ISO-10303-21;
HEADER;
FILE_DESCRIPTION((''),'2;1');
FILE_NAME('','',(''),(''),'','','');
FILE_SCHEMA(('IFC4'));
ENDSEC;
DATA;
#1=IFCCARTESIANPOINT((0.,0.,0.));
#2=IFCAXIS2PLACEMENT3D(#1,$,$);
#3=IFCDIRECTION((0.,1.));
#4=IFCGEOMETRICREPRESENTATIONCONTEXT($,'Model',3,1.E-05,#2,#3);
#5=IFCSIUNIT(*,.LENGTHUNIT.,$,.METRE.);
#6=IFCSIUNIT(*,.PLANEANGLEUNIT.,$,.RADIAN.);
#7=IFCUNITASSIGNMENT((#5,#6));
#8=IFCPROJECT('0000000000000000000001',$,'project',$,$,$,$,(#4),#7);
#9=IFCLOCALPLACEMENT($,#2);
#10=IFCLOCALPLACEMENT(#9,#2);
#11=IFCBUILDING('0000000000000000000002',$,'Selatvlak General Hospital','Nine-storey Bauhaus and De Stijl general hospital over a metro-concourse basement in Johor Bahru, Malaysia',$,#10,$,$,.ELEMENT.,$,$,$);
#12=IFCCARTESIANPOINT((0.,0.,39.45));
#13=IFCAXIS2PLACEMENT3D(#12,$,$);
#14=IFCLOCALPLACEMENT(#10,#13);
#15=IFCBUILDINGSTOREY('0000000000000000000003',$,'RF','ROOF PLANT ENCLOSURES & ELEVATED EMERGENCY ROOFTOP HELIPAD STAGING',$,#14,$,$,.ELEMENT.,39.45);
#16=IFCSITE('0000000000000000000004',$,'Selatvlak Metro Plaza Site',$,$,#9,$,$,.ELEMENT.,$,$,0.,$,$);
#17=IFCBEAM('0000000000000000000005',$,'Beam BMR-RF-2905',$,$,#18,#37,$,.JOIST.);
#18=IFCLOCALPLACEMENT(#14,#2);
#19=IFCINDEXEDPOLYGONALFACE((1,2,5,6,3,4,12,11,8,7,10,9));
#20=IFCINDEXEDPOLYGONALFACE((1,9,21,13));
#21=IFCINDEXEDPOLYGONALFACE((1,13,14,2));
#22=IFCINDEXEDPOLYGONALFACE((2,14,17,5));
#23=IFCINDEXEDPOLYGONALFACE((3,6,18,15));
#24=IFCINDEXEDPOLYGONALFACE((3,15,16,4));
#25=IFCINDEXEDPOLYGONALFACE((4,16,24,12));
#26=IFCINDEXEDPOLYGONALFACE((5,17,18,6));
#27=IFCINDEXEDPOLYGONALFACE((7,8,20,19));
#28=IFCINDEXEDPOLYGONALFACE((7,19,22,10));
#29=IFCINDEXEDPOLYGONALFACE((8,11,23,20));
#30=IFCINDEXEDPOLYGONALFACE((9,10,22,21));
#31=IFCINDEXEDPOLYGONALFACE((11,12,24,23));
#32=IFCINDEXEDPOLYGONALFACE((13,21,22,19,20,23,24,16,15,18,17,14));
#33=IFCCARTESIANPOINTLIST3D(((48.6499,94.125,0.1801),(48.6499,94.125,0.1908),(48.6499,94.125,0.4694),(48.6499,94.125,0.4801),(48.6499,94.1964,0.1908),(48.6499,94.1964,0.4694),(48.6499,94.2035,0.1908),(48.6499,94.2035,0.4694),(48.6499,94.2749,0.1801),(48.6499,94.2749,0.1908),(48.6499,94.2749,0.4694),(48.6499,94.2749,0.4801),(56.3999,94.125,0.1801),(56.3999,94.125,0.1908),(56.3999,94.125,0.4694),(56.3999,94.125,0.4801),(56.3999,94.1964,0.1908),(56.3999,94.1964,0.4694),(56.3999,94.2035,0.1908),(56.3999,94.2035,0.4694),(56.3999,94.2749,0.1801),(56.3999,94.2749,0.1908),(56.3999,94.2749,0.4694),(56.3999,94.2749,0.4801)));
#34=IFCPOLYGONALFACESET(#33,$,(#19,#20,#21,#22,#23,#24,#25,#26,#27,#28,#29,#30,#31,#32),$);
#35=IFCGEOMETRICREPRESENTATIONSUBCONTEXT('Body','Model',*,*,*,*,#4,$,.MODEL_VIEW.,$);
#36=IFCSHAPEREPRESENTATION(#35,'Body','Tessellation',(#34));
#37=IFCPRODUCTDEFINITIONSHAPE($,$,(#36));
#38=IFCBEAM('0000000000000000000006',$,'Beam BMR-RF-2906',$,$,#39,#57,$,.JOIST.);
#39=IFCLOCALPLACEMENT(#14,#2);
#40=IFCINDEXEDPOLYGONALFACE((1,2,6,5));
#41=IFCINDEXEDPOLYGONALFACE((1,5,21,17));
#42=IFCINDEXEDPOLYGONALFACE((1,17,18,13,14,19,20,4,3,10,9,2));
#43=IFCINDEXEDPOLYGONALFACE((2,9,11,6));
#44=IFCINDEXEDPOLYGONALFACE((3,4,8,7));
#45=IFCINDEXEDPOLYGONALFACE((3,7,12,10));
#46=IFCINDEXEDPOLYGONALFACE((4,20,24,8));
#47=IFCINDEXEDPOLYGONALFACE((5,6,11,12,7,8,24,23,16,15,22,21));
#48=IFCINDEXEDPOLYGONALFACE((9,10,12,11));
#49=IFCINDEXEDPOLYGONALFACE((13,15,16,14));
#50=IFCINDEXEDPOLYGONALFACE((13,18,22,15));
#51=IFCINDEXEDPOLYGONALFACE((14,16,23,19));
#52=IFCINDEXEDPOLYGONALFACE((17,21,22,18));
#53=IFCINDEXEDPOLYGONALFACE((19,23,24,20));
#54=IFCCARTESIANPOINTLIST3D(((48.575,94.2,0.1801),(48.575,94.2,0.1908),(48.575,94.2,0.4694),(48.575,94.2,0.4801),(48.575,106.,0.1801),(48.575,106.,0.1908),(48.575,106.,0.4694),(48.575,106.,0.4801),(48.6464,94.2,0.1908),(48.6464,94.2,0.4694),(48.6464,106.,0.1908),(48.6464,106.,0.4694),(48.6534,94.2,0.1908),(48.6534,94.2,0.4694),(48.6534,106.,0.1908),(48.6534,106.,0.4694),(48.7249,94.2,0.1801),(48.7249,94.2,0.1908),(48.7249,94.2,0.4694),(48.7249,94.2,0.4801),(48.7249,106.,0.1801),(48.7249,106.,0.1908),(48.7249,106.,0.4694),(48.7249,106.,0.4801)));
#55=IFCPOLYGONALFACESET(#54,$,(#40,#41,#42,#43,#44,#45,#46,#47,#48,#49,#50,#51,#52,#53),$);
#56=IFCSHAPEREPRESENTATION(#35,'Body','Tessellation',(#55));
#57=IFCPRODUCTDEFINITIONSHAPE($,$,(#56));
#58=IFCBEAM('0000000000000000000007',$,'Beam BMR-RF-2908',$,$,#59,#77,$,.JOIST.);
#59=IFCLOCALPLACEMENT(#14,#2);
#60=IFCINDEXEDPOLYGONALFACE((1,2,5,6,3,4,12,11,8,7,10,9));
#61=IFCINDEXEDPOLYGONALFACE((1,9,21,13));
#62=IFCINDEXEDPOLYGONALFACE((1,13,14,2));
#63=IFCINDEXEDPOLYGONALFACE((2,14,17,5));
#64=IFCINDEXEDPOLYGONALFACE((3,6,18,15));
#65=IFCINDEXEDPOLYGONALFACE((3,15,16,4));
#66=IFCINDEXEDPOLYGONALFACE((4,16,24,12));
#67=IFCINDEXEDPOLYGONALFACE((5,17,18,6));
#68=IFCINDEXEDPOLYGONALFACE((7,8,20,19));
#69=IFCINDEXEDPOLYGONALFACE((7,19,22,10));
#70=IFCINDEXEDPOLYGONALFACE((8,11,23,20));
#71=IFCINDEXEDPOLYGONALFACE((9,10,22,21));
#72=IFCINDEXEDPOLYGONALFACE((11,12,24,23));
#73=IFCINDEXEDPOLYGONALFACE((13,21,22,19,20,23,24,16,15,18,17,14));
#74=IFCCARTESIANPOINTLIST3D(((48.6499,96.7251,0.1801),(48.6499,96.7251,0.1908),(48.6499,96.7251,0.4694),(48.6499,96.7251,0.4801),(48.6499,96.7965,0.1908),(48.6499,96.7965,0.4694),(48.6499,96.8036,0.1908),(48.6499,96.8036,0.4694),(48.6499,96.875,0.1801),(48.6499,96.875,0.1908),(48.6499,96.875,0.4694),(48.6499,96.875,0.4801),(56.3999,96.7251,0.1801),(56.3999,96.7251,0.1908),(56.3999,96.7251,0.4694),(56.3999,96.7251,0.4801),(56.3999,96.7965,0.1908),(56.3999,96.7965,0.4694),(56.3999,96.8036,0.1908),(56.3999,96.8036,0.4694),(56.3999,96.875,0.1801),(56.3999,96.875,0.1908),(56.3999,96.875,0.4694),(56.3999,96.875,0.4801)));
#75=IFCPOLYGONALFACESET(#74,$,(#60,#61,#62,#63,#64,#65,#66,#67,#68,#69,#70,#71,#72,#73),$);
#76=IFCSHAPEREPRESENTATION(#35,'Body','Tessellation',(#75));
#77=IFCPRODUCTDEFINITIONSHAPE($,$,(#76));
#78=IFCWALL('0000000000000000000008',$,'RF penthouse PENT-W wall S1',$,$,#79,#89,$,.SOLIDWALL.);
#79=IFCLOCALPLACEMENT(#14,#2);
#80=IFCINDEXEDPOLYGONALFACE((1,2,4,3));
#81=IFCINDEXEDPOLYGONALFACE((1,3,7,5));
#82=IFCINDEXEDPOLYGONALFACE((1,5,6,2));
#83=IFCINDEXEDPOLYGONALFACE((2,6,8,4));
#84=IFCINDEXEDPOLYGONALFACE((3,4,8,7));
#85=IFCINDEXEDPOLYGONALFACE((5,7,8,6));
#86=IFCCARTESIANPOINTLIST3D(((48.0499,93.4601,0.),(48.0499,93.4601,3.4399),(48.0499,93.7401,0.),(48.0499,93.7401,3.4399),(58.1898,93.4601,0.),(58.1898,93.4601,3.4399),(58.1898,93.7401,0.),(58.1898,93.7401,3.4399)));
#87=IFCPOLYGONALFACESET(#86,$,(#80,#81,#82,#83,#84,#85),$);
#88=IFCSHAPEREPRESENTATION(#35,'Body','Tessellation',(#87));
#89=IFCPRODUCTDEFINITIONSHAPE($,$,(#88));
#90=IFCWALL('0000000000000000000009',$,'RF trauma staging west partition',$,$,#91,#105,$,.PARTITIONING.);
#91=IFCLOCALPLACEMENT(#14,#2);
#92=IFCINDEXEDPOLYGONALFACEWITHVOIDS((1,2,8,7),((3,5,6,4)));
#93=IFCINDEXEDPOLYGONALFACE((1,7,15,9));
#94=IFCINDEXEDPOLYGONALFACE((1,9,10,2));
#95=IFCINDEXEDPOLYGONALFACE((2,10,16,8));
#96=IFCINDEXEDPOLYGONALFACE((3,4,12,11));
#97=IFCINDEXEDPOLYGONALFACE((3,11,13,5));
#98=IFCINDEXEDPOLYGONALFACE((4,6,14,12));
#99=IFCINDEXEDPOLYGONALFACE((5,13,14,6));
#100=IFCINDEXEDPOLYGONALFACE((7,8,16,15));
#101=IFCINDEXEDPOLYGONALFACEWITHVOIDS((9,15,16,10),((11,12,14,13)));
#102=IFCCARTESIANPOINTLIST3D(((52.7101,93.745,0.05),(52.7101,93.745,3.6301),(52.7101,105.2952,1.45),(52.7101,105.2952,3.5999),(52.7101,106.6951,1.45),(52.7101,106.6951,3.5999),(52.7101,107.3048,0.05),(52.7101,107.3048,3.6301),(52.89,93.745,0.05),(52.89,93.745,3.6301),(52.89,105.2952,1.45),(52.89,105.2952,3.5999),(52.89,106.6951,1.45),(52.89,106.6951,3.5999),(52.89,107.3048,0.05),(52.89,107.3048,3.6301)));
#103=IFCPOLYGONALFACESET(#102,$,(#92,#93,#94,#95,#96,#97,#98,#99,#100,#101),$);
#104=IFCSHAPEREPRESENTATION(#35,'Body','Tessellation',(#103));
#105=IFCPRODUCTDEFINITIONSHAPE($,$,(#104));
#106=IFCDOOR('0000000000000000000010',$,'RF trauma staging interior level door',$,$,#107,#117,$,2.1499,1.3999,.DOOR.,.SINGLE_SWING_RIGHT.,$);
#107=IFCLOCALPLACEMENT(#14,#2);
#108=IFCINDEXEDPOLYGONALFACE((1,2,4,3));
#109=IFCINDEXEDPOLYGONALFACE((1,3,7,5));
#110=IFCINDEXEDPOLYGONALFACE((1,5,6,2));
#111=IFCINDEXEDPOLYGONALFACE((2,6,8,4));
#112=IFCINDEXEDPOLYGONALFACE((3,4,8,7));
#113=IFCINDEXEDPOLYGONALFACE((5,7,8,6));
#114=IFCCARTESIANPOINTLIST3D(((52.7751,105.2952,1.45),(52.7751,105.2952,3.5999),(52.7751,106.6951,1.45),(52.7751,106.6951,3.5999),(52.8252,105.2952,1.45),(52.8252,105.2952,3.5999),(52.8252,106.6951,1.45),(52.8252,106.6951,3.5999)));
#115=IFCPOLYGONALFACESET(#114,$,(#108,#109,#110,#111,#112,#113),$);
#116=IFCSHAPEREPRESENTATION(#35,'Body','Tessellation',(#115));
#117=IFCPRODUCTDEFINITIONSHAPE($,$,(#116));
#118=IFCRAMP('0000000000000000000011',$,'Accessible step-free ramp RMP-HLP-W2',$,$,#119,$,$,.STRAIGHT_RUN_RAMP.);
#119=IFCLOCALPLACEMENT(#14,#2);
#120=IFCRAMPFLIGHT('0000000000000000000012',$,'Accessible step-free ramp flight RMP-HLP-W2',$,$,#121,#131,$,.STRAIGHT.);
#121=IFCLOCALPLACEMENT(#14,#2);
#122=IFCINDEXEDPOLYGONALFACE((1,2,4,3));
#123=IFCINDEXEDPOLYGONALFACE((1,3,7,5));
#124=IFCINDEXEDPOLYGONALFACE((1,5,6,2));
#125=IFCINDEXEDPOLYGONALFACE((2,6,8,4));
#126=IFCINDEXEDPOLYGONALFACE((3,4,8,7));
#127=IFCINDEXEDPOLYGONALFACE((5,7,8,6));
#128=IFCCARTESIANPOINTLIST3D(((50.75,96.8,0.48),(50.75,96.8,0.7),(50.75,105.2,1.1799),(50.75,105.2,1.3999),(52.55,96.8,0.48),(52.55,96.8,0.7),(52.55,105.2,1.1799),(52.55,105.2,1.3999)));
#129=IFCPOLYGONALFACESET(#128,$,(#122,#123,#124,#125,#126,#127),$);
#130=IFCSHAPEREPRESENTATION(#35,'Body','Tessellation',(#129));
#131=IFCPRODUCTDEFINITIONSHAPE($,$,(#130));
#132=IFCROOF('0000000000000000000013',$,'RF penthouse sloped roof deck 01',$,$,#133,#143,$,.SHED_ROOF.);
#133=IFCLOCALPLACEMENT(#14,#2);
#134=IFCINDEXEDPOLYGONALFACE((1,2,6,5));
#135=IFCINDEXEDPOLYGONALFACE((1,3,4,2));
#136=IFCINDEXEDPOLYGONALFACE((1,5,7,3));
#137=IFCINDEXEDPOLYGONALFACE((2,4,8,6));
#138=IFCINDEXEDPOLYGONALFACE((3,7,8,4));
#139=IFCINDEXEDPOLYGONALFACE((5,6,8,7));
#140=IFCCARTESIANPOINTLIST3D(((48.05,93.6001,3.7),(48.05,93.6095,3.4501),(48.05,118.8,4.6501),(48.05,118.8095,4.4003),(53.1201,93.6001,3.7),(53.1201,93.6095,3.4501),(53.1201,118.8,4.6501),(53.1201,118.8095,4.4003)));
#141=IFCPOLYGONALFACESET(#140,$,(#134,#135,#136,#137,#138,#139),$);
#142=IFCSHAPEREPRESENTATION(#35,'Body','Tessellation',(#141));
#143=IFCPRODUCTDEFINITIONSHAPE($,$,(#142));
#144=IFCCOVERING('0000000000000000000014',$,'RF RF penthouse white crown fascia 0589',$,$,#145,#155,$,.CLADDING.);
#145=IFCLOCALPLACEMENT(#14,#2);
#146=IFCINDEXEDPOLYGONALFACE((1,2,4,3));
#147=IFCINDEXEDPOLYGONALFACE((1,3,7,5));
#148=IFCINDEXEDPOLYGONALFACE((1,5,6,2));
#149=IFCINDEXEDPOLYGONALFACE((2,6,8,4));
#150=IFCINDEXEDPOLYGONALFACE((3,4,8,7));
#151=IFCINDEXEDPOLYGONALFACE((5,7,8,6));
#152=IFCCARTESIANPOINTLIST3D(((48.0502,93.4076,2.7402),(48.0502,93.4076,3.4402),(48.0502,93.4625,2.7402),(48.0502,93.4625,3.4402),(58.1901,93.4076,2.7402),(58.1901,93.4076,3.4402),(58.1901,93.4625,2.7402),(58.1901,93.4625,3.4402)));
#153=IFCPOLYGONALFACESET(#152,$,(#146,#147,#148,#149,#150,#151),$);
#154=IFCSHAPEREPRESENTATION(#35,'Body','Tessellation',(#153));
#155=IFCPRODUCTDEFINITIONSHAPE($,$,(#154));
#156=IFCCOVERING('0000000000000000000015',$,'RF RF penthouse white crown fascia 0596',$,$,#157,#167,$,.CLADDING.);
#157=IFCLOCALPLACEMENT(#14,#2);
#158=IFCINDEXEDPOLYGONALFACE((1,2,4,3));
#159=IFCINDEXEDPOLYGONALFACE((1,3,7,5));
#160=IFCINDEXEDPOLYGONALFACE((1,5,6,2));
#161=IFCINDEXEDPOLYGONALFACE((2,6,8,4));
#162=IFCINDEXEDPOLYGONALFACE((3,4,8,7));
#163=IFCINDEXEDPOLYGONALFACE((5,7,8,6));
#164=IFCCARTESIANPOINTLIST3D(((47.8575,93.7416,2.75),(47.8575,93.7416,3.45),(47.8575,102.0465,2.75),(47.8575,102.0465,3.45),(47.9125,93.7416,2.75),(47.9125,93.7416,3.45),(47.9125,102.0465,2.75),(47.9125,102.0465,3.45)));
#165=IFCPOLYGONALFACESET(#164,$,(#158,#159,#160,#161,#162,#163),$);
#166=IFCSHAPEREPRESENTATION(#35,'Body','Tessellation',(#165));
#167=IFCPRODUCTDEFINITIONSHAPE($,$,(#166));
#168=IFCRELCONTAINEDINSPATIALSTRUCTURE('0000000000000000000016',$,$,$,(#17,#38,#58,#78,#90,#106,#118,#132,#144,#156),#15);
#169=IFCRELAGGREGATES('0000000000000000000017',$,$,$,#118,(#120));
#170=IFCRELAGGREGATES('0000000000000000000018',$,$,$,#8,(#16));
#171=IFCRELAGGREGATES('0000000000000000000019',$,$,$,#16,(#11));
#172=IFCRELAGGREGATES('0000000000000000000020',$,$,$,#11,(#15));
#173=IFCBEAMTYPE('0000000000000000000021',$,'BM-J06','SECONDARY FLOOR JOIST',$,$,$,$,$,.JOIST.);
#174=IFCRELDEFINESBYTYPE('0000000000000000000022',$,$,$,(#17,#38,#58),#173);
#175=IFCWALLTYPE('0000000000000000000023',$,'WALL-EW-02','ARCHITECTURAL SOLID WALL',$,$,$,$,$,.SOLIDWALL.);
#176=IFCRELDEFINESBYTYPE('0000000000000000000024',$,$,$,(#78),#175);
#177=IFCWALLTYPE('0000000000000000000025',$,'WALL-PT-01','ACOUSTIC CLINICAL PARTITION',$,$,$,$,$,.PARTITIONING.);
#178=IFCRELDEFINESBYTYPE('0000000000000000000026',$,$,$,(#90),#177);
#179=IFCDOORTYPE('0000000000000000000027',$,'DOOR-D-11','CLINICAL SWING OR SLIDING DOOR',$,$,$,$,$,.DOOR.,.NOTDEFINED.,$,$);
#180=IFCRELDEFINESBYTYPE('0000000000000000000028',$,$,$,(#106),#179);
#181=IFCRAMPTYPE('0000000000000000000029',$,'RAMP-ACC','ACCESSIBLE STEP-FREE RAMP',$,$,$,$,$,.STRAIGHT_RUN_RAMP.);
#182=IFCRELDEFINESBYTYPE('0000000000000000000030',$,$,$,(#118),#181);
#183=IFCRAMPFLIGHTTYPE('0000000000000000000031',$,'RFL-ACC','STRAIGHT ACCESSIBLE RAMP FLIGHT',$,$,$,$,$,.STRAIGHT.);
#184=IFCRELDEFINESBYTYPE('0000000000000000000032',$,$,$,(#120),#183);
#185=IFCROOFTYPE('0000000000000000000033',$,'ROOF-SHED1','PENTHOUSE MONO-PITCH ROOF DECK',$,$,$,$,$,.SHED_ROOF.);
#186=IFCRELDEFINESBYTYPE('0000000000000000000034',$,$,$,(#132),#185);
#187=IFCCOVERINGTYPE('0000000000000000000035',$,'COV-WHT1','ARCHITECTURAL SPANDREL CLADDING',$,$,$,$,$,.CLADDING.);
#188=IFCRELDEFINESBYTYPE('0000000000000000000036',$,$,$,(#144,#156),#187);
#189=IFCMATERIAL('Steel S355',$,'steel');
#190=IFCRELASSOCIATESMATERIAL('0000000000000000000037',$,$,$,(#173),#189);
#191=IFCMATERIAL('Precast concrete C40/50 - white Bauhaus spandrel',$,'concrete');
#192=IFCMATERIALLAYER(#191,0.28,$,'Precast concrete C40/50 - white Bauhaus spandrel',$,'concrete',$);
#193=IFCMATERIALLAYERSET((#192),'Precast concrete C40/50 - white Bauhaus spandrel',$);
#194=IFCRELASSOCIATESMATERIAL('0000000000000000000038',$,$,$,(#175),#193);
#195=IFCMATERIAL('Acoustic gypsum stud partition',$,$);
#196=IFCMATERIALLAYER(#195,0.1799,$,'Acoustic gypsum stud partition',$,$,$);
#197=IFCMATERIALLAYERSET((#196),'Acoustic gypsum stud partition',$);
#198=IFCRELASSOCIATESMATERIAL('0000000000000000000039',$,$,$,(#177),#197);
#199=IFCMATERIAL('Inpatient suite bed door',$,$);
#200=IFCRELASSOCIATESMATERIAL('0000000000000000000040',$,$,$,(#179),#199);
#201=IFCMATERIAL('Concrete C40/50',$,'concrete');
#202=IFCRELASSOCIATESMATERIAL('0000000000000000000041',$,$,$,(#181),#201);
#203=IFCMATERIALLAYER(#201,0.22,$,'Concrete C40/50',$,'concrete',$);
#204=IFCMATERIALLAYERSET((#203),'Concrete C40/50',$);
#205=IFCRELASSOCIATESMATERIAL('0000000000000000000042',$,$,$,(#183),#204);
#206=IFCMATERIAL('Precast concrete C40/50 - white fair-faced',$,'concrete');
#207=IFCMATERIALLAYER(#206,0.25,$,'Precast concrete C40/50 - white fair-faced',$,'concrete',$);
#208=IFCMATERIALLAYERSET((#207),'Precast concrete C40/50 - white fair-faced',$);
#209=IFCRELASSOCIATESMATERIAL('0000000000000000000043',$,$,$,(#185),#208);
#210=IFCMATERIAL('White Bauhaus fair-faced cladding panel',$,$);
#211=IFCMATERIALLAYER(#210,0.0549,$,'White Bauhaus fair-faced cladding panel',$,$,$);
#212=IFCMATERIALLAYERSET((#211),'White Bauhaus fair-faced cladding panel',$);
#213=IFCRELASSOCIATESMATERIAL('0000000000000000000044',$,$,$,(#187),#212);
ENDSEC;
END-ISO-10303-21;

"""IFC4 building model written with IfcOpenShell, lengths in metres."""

from ifc_helpers import new_model, si_unit, direction, frame, frame_2d, origin, origin_2d, place, context, subcontext, project, spatial, polyline, rectangle, i_section, outline, extrude, material, layer, layer_set, material_profile, profile_set, type_object, element, fill, aggregate, save


model = new_model("IFC4")

# Units and contexts
model_context = context("Model", 3, precision=1e-05, world=origin(), true_north=direction((0.0, 1.0)))
body_context = subcontext(model_context, "Body", "Model", "MODEL_VIEW")
ifc_project = project(units=[si_unit("LENGTHUNIT", "METRE"), si_unit("PLANEANGLEUNIT", "RADIAN")], contexts=[model_context])

# Site, building, storey
site_placement = place(None, origin())
site = spatial("IfcSite", under=ifc_project, at=site_placement, Name="Selatvlak Metro Plaza Site", CompositionType="ELEMENT", RefElevation=0.0)
building_placement = place(site_placement, origin())
building = spatial("IfcBuilding", under=site, at=building_placement, Name="Selatvlak General Hospital", Description="Nine-storey Bauhaus and De Stijl general hospital over a metro-concourse basement in Johor Bahru, Malaysia", CompositionType="ELEMENT")
storey_placement = place(building_placement, frame((0.0, 0.0, 39.45)))
storey = spatial("IfcBuildingStorey", under=building, at=storey_placement, Name="RF", Description="ROOF PLANT ENCLOSURES & ELEVATED EMERGENCY ROOFTOP HELIPAD STAGING", CompositionType="ELEMENT", Elevation=39.45)

# Shared definitions
ifc_material_1 = material(Name="Steel S355", Category="steel")

# Beams
ifc_material_2 = material(Name="Concrete C40/50", Category="concrete")
ifc_material_profile_1 = material_profile(ifc_material_1, i_section(OverallWidth=0.1499, OverallDepth=0.3, WebThickness=0.0071, FlangeThickness=0.0107, at=origin_2d()), Name="IPE 300")
ifc_profile_set_1 = profile_set([ifc_material_profile_1], Name="Steel S355")
beam_type_1 = type_object("IfcBeamType", Name="BM-J06", Description="SECONDARY FLOOR JOIST", PredefinedType="JOIST", material=ifc_profile_set_1)
beam_1_placement = place(storey_placement, frame((48.6499, 94.2, 0.3301), z_axis=(1.0, 0.0, 0.0), x_axis=(0.0, 1.0, 0.0)))
element("IfcBeam", 1, at=beam_1_placement, inside=storey, type_object=beam_type_1, Name="Beam BMR-RF-2905", PredefinedType="JOIST", context=body_context, shape_type="SweptSolid", body=[
    extrude(i_section(OverallWidth=0.1499, OverallDepth=0.3, WebThickness=0.0071, FlangeThickness=0.0107, at=origin_2d()), origin(), (0.0, 0.0, 1.0), 7.75),
])
beam_2_placement = place(storey_placement, frame((48.6499, 94.2, 0.3301), z_axis=(0.0, 1.0, 0.0), x_axis=(-1.0, 0.0, 0.0)))
element("IfcBeam", 2, at=beam_2_placement, inside=storey, type_object=beam_type_1, Name="Beam BMR-RF-2906", PredefinedType="JOIST", context=body_context, shape_type="SweptSolid", body=[
    extrude(i_section(OverallWidth=0.1499, OverallDepth=0.3, WebThickness=0.0071, FlangeThickness=0.0107, at=origin_2d()), origin(), (0.0, 0.0, 1.0), 11.8),
])
beam_3_placement = place(storey_placement, frame((48.6499, 96.8, 0.3301), z_axis=(1.0, 0.0, 0.0), x_axis=(0.0, 1.0, 0.0)))
element("IfcBeam", 3, at=beam_3_placement, inside=storey, type_object=beam_type_1, Name="Beam BMR-RF-2908", PredefinedType="JOIST", context=body_context, shape_type="SweptSolid", body=[
    extrude(i_section(OverallWidth=0.1499, OverallDepth=0.3, WebThickness=0.0071, FlangeThickness=0.0107, at=origin_2d()), origin(), (0.0, 0.0, 1.0), 7.75),
])

# Wall
ifc_material_3 = material(Name="Precast concrete C40/50 - white Bauhaus spandrel", Category="concrete")
ifc_layer_1 = layer(ifc_material_3, 0.28, Name="Precast concrete C40/50 - white Bauhaus spandrel", Category="concrete")
ifc_layer_set_1 = layer_set([ifc_layer_1], Name="Precast concrete C40/50 - white Bauhaus spandrel")
wall_type_1 = type_object("IfcWallType", Name="WALL-EW-02", Description="ARCHITECTURAL SOLID WALL", PredefinedType="SOLIDWALL", material=ifc_layer_set_1)
wall_1_placement = place(storey_placement, frame((48.05, 93.6001, 0.0), z_axis=(0.0, 0.0, 1.0), x_axis=(1.0, 0.0, 0.0)))
element("IfcWall", 4, at=wall_1_placement, inside=storey, type_object=wall_type_1, Name="RF penthouse PENT-W wall S1", PredefinedType="SOLIDWALL", context=body_context, shape_type="SweptSolid", body=[
    extrude(rectangle(XDim=10.1399, YDim=0.28, at=frame_2d((5.0698, 0.0))), origin(), (0.0, 0.0, 1.0), 3.4399),
])

# Wall, opening, door
ifc_material_4 = material(Name="Acoustic gypsum stud partition")
ifc_layer_2 = layer(ifc_material_4, 0.1799, Name="Acoustic gypsum stud partition")
ifc_layer_set_2 = layer_set([ifc_layer_2], Name="Acoustic gypsum stud partition")
wall_type_2 = type_object("IfcWallType", Name="WALL-PT-01", Description="ACOUSTIC CLINICAL PARTITION", PredefinedType="PARTITIONING", material=ifc_layer_set_2)
wall_2_placement = place(storey_placement, frame((52.8, 93.7451, 0.05), z_axis=(0.0, 0.0, 1.0), x_axis=(0.0, 1.0, 0.0)))
wall_2 = element("IfcWall", 5, at=wall_2_placement, inside=storey, type_object=wall_type_2, Name="RF trauma staging west partition", PredefinedType="PARTITIONING", context=body_context, shape_type="SweptSolid", body=[
    extrude(rectangle(XDim=13.5598, YDim=0.1799, at=frame_2d((6.7798, 0.0))), origin(), (0.0, 0.0, 1.0), 3.5801),
])
opening_placement = place(wall_2_placement, frame((11.55, 0.0, 1.3999)))
opening = element("IfcOpeningElement", 6, at=opening_placement, cuts=wall_2, PredefinedType="OPENING", context=body_context, shape_type="SweptSolid", body=[
    extrude(rectangle(XDim=1.3999, YDim=2.1499, at=frame_2d((0.7, 1.075))), frame((0.0, 0.0999, 0.0), z_axis=(0.0, -1.0, 0.0), x_axis=(1.0, 0.0, 0.0)), (0.0, 0.0, 1.0), 0.2),
])
ifc_material_5 = material(Name="Inpatient suite bed door")
door_type = type_object("IfcDoorType", Name="DOOR-D-11", Description="CLINICAL SWING OR SLIDING DOOR", OperationType="NOTDEFINED", PredefinedType="DOOR", material=ifc_material_5)
door_placement = place(opening_placement, origin())
door = element("IfcDoor", 7, at=door_placement, inside=storey, type_object=door_type, Name="RF trauma staging interior level door", OperationType="SINGLE_SWING_RIGHT", OverallHeight=2.1499, OverallWidth=1.3999, PredefinedType="DOOR", context=body_context, shape_type="SweptSolid", body=[
    extrude(rectangle(XDim=1.3999, YDim=2.1499, at=frame_2d((0.7, 1.075))), frame((0.0, 0.0249, 0.0), z_axis=(0.0, -1.0, 0.0), x_axis=(1.0, 0.0, 0.0)), (0.0, 0.0, 1.0), 0.05),
])
fill(opening, door)

# Ramp, ramp flight
ramp_type = type_object("IfcRampType", Name="RAMP-ACC", Description="ACCESSIBLE STEP-FREE RAMP", PredefinedType="STRAIGHT_RUN_RAMP", material=ifc_material_2)
ramp_placement = place(storey_placement, origin())
ramp = element("IfcRamp", 8, at=ramp_placement, inside=storey, type_object=ramp_type, Name="Accessible step-free ramp RMP-HLP-W2", PredefinedType="STRAIGHT_RUN_RAMP")
ifc_layer_3 = layer(ifc_material_2, 0.22, Name="Concrete C40/50", Category="concrete")
ifc_layer_set_3 = layer_set([ifc_layer_3], Name="Concrete C40/50")
ramp_flight_type = type_object("IfcRampFlightType", Name="RFL-ACC", Description="STRAIGHT ACCESSIBLE RAMP FLIGHT", PredefinedType="STRAIGHT", material=ifc_layer_set_3)
ramp_flight_placement = place(storey_placement, frame((51.6499, 96.8, 0.7), z_axis=(0.0, 0.0, 1.0), x_axis=(0.0, 1.0, 0.0)))
ramp_flight = element("IfcRampFlight", 9, at=ramp_flight_placement, type_object=ramp_flight_type, Name="Accessible step-free ramp flight RMP-HLP-W2", PredefinedType="STRAIGHT", context=body_context, shape_type="SweptSolid", body=[
    extrude(outline(polyline([(0.0, -0.22), (8.3999, 0.48), (8.3999, 0.7), (0.0, 0.0), (0.0, -0.22)])), frame((0.0, 0.8999, 0.0), z_axis=(0.0, -1.0, 0.0), x_axis=(1.0, 0.0, 0.0)), (0.0, 0.0, 1.0), 1.8),
])
aggregate(ramp, [ramp_flight])

# Roof
ifc_material_6 = material(Name="Precast concrete C40/50 - white fair-faced", Category="concrete")
ifc_layer_4 = layer(ifc_material_6, 0.25, Name="Precast concrete C40/50 - white fair-faced", Category="concrete")
ifc_layer_set_4 = layer_set([ifc_layer_4], Name="Precast concrete C40/50 - white fair-faced")
roof_type = type_object("IfcRoofType", Name="ROOF-SHED1", Description="PENTHOUSE MONO-PITCH ROOF DECK", PredefinedType="SHED_ROOF", material=ifc_layer_set_4)
roof_placement = place(storey_placement, frame((48.05, 93.6001, 3.7), z_axis=(0.0, -0.037679, 0.99929), x_axis=(1.0, 0.0, 0.0)))
element("IfcRoof", 10, at=roof_placement, inside=storey, type_object=roof_type, Name="RF penthouse sloped roof deck 01", PredefinedType="SHED_ROOF", context=body_context, shape_type="SweptSolid", body=[
    extrude(outline(polyline([(0.0, 0.0), (5.0701, 0.0), (5.0701, 25.2179), (0.0, 25.2179), (0.0, 0.0)])), origin(), (0.0, 0.0, -1.0), 0.25),
])

# Coverings
ifc_material_7 = material(Name="White Bauhaus fair-faced cladding panel")
ifc_layer_5 = layer(ifc_material_7, 0.0549, Name="White Bauhaus fair-faced cladding panel")
ifc_layer_set_5 = layer_set([ifc_layer_5], Name="White Bauhaus fair-faced cladding panel")
covering_type = type_object("IfcCoveringType", Name="COV-WHT1", Description="ARCHITECTURAL SPANDREL CLADDING", PredefinedType="CLADDING", material=ifc_layer_set_5)
covering_1_placement = place(storey_placement, frame((53.1201, 93.4351, 2.7402), z_axis=(0.0, 0.0, 1.0), x_axis=(1.0, 0.0, 0.0)))
element("IfcCovering", 11, at=covering_1_placement, inside=storey, type_object=covering_type, Name="RF RF penthouse white crown fascia 0589", PredefinedType="CLADDING", context=body_context, shape_type="SweptSolid", body=[
    extrude(rectangle(XDim=10.1399, YDim=0.0549, at=origin_2d()), origin(), (0.0, 0.0, 1.0), 0.7),
])
covering_2_placement = place(storey_placement, frame((47.885, 97.894, 2.75), z_axis=(0.0, 0.0, 1.0), x_axis=(0.0, -1.0, 0.0)))
element("IfcCovering", 12, at=covering_2_placement, inside=storey, type_object=covering_type, Name="RF RF penthouse white crown fascia 0596", PredefinedType="CLADDING", context=body_context, shape_type="SweptSolid", body=[
    extrude(rectangle(XDim=8.3049, YDim=0.0549, at=origin_2d()), origin(), (0.0, 0.0, 1.0), 0.7),
])

save(model, "model.ifc")
